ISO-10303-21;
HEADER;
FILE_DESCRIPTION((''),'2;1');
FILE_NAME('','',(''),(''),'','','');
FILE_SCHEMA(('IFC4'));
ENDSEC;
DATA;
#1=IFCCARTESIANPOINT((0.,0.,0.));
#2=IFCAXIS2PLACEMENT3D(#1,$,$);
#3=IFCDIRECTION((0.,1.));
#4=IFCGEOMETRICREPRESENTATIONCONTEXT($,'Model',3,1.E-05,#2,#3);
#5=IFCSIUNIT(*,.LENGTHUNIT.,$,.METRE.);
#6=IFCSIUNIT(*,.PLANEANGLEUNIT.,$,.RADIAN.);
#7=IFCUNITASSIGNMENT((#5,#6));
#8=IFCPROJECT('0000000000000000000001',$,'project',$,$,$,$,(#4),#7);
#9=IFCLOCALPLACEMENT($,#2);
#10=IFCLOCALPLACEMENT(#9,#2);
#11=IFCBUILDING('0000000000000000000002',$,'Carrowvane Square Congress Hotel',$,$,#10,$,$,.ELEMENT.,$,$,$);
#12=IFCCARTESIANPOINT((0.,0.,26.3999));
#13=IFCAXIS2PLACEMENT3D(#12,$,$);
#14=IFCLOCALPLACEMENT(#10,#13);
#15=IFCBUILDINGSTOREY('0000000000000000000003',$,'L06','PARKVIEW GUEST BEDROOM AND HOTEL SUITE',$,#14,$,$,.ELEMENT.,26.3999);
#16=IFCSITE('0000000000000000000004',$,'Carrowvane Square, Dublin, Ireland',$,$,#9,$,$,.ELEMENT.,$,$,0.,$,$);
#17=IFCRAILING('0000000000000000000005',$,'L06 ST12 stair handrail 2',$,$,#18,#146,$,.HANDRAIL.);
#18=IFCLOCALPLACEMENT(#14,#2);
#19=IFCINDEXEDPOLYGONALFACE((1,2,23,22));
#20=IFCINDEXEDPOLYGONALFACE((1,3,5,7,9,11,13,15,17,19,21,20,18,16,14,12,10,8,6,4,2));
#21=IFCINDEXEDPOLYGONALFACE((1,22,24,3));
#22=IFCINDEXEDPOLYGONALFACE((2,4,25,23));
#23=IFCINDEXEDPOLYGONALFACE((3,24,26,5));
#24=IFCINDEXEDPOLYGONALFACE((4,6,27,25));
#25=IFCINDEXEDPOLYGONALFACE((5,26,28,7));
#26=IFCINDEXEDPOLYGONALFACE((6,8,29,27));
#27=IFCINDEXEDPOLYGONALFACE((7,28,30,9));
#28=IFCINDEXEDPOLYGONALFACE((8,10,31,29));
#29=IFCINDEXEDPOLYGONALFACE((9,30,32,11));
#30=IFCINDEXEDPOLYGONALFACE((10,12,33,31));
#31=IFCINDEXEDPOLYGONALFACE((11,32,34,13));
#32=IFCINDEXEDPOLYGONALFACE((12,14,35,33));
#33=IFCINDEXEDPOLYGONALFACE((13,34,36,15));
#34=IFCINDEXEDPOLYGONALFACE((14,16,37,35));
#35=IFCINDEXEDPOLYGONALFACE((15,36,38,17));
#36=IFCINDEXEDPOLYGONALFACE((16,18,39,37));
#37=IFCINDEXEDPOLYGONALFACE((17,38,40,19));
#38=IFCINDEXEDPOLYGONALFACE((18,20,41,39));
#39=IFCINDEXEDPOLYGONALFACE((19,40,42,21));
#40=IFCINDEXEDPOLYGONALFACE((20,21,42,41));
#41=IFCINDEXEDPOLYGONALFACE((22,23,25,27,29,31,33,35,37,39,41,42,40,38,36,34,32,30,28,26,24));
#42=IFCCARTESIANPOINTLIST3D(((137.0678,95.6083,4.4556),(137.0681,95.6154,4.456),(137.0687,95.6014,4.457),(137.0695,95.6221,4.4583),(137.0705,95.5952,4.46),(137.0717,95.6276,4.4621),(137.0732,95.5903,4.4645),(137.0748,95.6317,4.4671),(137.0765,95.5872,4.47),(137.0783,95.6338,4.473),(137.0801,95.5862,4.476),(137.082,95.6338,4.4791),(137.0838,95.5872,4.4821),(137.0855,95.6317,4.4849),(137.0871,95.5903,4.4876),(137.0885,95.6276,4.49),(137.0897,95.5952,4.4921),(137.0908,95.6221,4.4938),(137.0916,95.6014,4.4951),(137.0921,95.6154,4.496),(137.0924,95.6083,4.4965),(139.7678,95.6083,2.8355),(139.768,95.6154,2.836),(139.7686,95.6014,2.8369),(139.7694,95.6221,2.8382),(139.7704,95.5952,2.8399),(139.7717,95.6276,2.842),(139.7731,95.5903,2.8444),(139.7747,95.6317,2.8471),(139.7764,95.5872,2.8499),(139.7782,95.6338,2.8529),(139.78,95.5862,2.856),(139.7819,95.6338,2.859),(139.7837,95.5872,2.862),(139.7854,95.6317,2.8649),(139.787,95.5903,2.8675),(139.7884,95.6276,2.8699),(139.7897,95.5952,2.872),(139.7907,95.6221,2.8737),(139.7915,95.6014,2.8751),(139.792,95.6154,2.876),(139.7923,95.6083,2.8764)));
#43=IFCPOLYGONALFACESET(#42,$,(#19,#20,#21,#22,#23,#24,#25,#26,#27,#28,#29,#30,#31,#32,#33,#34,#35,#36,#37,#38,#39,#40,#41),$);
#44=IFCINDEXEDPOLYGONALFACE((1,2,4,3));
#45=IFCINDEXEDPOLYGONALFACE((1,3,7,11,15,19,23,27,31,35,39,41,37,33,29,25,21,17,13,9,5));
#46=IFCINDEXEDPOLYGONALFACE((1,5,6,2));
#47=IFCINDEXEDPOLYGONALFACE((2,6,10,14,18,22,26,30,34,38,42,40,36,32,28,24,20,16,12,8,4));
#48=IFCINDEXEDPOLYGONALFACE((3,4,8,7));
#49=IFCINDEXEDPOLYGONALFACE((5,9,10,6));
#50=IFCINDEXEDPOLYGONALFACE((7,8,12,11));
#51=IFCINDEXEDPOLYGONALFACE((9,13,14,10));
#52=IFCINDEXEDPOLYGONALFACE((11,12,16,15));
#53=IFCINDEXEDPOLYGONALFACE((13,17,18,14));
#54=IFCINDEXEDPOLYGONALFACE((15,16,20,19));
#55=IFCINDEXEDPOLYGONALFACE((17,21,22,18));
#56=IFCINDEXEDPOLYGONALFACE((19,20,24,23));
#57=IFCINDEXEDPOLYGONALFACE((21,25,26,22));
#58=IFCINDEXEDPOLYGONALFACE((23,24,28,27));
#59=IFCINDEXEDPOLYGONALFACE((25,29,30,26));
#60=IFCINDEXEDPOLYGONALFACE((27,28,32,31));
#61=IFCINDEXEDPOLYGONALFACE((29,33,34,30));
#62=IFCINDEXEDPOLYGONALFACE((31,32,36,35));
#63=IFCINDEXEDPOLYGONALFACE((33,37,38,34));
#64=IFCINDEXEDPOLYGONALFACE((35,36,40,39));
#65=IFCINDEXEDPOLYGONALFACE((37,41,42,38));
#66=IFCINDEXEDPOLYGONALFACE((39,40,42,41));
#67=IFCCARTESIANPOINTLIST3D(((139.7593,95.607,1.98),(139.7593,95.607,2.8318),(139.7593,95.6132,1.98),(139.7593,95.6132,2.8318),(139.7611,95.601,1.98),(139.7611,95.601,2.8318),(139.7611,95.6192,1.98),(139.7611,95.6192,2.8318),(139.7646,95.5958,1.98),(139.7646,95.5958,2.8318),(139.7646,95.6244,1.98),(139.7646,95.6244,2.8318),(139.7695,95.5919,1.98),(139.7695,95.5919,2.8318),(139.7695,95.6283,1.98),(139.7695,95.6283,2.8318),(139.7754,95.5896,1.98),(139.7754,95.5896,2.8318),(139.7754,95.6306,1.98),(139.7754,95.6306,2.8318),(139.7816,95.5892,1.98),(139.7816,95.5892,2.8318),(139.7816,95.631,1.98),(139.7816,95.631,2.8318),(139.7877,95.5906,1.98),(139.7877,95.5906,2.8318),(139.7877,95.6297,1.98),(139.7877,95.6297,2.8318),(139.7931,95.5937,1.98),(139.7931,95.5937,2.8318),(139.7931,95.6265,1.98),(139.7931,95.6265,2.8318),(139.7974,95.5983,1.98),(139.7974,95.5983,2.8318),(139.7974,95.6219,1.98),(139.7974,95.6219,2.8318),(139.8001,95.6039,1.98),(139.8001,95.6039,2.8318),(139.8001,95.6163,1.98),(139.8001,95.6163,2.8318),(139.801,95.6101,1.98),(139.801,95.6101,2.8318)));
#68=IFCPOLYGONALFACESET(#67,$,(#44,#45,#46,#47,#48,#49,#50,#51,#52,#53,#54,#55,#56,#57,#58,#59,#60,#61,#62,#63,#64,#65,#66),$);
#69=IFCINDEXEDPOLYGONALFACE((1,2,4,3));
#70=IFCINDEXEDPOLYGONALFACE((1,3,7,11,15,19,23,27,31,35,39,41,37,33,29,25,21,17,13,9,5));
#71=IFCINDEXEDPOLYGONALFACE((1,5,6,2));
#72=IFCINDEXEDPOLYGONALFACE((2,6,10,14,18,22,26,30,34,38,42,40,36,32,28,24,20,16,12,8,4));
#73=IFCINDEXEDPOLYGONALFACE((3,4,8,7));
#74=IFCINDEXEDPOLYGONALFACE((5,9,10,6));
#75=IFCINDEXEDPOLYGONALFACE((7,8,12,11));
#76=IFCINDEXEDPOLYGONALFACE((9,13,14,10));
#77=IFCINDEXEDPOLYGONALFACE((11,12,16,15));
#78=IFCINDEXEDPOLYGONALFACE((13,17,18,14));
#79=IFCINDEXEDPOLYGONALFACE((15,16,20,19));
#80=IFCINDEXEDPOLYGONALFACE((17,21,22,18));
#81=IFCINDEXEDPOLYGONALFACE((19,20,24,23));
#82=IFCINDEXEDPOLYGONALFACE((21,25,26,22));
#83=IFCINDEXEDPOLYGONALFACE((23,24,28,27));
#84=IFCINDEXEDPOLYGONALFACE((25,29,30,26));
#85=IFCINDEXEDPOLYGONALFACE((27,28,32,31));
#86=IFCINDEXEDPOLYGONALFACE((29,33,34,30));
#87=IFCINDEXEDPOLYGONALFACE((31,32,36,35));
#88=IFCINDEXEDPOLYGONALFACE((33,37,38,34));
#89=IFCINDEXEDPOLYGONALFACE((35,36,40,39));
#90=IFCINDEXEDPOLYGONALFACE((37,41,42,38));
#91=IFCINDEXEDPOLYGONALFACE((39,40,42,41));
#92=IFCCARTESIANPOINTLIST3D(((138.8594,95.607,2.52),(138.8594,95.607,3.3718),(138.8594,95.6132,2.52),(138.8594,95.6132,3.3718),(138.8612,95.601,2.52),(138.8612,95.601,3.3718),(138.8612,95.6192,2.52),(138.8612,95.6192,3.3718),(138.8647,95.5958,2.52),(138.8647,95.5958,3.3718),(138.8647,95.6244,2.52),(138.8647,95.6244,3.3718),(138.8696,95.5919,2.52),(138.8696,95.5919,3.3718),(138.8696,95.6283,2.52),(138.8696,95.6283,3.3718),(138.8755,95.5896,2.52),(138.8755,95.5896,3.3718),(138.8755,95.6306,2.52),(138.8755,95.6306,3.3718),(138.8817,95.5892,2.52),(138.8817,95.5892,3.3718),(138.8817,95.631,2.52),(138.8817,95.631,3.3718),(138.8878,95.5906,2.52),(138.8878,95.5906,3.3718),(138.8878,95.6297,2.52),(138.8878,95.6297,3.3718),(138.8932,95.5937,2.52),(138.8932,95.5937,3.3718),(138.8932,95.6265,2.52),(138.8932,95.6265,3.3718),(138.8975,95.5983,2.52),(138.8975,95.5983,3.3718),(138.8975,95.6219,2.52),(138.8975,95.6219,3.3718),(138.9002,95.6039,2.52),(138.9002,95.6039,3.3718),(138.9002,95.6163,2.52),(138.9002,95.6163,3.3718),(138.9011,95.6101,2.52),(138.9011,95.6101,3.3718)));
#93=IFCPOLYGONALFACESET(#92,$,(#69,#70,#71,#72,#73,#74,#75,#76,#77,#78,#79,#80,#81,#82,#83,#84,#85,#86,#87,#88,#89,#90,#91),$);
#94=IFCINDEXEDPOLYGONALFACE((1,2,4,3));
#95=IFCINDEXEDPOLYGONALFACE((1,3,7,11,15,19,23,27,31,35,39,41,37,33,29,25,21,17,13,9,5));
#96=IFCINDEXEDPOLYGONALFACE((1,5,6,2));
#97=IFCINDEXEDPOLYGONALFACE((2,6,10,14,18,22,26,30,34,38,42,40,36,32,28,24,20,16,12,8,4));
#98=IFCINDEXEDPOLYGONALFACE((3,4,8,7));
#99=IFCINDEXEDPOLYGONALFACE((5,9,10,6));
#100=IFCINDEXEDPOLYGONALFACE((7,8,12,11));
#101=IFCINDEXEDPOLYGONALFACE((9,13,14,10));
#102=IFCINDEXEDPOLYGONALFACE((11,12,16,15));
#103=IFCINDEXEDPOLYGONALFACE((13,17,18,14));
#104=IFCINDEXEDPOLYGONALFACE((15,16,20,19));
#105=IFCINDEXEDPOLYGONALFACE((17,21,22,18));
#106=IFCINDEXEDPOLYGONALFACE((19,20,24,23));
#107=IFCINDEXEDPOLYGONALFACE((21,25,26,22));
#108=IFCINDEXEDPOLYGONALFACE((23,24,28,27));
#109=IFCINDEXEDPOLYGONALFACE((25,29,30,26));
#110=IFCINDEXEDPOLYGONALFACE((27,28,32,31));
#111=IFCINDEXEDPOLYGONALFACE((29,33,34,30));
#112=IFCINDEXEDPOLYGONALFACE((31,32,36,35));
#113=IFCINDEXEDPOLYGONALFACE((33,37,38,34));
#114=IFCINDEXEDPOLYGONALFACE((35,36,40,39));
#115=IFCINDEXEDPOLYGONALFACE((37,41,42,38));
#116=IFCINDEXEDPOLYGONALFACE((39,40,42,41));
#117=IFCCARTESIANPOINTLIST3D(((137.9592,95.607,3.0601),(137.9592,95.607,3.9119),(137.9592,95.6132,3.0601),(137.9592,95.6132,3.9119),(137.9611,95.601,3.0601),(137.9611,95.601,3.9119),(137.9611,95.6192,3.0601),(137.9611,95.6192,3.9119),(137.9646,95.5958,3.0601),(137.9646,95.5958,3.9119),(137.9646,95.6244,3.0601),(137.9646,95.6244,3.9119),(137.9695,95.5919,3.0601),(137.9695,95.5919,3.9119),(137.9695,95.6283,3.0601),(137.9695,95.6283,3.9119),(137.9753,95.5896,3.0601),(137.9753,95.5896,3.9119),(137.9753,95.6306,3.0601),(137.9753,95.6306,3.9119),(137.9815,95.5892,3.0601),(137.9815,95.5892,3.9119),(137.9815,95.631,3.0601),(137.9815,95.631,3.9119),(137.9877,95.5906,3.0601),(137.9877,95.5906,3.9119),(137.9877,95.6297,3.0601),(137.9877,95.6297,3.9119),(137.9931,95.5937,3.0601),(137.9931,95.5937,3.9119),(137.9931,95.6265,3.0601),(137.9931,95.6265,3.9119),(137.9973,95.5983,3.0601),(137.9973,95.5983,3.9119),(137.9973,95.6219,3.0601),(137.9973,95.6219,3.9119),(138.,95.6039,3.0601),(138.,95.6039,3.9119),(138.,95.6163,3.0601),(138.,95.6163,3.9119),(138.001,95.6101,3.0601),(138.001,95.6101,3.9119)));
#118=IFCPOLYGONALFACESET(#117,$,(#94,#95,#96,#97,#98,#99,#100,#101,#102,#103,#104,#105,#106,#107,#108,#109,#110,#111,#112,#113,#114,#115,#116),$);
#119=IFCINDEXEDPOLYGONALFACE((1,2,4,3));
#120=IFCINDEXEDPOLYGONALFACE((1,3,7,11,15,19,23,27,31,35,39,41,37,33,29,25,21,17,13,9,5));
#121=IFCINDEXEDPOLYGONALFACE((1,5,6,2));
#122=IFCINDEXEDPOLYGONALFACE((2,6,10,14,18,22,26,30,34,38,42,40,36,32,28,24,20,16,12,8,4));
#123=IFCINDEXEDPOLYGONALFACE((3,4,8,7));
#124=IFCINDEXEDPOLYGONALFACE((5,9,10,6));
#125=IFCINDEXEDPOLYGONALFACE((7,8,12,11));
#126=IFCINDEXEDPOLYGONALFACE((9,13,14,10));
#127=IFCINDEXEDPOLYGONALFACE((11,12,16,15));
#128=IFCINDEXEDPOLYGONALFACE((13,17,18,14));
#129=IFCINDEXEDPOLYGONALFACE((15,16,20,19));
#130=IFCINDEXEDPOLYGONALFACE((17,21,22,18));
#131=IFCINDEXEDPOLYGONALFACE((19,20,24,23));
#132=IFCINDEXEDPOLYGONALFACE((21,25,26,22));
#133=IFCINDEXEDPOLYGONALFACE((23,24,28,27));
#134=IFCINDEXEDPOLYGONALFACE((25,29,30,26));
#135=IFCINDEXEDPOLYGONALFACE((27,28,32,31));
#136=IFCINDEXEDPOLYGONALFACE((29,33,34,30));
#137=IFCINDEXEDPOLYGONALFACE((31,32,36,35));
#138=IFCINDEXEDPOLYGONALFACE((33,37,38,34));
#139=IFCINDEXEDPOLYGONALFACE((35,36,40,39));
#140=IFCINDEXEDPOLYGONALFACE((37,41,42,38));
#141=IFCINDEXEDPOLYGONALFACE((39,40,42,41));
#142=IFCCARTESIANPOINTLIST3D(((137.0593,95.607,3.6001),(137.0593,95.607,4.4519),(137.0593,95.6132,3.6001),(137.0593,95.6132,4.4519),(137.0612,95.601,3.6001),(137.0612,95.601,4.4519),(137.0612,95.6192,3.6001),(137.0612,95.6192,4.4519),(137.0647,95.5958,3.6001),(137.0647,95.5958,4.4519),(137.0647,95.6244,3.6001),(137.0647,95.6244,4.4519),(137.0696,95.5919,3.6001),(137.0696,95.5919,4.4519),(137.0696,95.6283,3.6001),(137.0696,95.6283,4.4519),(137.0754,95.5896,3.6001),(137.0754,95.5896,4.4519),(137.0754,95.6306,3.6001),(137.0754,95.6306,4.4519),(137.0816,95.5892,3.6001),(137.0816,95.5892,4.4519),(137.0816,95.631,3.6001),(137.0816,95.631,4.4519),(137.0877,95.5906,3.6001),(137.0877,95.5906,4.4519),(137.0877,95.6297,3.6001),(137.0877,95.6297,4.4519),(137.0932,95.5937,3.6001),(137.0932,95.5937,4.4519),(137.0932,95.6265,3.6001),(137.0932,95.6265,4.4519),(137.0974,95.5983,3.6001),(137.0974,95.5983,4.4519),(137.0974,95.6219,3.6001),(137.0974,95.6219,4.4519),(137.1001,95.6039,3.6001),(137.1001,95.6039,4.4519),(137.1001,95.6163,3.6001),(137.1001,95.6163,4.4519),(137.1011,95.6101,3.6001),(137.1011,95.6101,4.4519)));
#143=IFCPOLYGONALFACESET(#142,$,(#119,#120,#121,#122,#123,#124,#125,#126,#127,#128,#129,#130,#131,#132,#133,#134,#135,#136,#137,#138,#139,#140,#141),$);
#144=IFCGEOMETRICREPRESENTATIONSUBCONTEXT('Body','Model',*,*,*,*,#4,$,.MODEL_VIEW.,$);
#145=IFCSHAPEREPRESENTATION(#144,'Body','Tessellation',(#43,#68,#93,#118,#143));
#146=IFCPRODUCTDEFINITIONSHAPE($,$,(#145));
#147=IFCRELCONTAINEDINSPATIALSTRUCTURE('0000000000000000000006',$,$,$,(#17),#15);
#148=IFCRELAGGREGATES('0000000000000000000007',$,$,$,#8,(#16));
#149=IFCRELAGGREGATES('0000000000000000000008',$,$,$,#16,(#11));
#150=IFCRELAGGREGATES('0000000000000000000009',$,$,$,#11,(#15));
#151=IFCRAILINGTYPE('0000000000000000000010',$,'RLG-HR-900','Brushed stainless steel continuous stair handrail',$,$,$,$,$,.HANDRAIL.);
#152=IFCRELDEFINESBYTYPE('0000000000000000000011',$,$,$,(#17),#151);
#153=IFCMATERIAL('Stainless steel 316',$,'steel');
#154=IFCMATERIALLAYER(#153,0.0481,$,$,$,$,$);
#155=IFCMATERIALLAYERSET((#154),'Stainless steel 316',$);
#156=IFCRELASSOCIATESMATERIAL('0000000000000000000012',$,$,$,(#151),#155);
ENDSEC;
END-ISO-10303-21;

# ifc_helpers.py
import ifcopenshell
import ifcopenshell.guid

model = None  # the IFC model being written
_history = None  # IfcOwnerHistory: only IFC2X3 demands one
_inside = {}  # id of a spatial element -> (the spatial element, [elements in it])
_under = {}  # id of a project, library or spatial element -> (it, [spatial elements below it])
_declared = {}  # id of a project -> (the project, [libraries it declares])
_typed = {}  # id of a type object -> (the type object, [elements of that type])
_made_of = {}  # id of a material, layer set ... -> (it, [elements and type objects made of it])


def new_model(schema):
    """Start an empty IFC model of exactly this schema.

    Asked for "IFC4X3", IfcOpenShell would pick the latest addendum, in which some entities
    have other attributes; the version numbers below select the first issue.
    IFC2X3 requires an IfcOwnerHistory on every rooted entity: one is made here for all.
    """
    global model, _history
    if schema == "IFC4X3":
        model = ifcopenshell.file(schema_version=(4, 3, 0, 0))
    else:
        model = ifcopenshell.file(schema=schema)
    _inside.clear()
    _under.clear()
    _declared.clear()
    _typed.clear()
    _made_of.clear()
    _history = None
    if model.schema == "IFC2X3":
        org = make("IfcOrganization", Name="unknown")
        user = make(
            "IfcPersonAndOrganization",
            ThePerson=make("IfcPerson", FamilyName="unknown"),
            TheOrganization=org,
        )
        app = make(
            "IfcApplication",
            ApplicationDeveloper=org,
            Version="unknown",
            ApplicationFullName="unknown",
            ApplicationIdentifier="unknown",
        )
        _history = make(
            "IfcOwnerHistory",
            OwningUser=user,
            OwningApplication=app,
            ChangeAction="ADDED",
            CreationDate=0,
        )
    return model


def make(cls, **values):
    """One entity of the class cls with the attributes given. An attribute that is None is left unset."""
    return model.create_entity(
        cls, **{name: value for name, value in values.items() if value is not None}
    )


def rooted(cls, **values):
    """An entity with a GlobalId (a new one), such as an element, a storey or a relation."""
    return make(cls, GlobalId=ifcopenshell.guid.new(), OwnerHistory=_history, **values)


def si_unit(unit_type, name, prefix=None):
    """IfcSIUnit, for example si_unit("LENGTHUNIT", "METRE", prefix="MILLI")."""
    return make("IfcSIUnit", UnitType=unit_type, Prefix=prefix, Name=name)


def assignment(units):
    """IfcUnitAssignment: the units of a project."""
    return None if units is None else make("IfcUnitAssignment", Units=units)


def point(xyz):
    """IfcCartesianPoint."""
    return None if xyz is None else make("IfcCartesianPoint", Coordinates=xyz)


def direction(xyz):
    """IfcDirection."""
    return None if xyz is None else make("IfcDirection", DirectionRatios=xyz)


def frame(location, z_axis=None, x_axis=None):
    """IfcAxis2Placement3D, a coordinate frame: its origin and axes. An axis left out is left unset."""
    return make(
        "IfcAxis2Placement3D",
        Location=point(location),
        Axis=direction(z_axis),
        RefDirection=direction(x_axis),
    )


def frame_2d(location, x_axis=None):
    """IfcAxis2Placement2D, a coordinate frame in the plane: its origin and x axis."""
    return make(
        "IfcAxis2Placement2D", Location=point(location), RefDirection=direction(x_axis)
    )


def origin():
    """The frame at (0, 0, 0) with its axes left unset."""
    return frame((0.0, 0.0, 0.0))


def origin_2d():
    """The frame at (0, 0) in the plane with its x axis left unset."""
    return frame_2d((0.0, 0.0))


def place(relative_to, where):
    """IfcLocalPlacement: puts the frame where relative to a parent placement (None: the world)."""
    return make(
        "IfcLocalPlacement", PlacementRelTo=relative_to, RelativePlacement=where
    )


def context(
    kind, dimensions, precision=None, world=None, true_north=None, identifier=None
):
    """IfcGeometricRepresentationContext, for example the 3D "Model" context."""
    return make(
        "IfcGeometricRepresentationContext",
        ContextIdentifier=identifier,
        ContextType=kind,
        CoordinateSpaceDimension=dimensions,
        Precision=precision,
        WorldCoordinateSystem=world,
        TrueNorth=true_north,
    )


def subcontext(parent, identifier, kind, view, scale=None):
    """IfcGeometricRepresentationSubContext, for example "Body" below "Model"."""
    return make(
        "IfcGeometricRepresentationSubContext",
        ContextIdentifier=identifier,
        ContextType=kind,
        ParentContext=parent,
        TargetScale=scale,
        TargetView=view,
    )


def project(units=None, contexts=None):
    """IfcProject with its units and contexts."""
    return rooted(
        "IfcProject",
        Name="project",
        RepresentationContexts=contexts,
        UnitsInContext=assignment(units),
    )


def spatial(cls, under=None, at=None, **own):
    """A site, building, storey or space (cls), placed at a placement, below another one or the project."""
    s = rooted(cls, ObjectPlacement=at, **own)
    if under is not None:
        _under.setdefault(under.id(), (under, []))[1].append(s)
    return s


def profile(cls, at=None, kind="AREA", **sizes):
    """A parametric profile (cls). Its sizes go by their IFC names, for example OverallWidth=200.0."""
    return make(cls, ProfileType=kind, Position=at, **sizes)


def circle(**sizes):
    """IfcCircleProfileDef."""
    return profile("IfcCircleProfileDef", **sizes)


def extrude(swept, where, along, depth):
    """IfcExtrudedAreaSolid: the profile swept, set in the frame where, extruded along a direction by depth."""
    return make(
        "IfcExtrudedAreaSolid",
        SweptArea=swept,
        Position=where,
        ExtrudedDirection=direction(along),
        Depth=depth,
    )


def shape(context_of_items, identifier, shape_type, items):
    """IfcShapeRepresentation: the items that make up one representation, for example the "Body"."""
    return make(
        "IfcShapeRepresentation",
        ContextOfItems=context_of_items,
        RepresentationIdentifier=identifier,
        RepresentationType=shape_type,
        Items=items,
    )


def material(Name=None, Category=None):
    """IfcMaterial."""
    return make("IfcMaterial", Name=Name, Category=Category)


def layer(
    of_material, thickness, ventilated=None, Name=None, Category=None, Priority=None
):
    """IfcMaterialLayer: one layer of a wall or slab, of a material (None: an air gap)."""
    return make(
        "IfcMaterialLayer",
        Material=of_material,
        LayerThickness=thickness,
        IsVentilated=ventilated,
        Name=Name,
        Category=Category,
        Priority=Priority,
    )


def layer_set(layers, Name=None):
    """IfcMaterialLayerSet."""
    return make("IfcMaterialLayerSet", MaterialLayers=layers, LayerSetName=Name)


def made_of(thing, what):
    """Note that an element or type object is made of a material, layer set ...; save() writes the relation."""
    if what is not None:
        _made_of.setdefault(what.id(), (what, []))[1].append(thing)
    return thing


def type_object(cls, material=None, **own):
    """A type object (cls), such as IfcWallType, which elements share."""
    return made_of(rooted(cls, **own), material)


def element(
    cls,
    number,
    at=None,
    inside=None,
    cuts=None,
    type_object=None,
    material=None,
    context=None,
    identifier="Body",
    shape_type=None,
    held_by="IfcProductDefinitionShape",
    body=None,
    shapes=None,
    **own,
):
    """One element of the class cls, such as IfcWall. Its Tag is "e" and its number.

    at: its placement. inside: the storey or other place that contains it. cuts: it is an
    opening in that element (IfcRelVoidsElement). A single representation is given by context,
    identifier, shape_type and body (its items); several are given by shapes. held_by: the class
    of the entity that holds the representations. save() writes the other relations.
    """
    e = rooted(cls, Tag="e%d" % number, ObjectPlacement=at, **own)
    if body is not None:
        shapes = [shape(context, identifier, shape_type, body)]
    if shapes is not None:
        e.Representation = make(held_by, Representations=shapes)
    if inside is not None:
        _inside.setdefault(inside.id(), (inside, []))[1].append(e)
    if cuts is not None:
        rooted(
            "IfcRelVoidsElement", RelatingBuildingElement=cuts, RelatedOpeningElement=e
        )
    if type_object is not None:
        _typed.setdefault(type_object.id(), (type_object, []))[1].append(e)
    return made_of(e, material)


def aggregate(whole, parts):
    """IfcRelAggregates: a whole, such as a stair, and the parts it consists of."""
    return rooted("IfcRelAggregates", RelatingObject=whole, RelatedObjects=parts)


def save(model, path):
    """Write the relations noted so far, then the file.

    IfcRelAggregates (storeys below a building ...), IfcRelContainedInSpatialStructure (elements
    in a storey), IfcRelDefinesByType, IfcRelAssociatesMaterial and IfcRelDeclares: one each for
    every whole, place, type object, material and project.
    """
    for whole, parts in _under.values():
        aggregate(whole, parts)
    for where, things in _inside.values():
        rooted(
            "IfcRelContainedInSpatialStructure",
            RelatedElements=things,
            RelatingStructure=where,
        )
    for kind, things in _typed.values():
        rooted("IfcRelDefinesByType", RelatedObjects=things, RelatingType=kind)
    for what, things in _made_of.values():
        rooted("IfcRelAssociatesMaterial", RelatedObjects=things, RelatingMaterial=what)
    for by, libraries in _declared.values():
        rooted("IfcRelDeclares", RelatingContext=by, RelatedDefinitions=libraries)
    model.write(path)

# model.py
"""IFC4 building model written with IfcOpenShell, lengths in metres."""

from ifc_helpers import new_model, si_unit, direction, frame, origin, origin_2d, place, context, subcontext, project, spatial, circle, extrude, material, layer, layer_set, type_object, element, save


model = new_model("IFC4")

# Units and contexts
model_context = context("Model", 3, precision=1e-05, world=origin(), true_north=direction((0.0, 1.0)))
body_context = subcontext(model_context, "Body", "Model", "MODEL_VIEW")
ifc_project = project(units=[si_unit("LENGTHUNIT", "METRE"), si_unit("PLANEANGLEUNIT", "RADIAN")], contexts=[model_context])

# Site, building, storey
site_placement = place(None, origin())
site = spatial("IfcSite", under=ifc_project, at=site_placement, Name="Carrowvane Square, Dublin, Ireland", CompositionType="ELEMENT", RefElevation=0.0)
building_placement = place(site_placement, origin())
building = spatial("IfcBuilding", under=site, at=building_placement, Name="Carrowvane Square Congress Hotel", CompositionType="ELEMENT")
storey_placement = place(building_placement, frame((0.0, 0.0, 26.3999)))
storey = spatial("IfcBuildingStorey", under=building, at=storey_placement, Name="L06", Description="PARKVIEW GUEST BEDROOM AND HOTEL SUITE", CompositionType="ELEMENT", Elevation=26.3999)

# Railing
ifc_material_1 = material(Name="Stainless steel 316", Category="steel")
ifc_layer_1 = layer(ifc_material_1, 0.0481)
ifc_layer_set_1 = layer_set([ifc_layer_1], Name="Stainless steel 316")
railing_type_1 = type_object("IfcRailingType", Name="RLG-HR-900", Description="Brushed stainless steel continuous stair handrail", PredefinedType="HANDRAIL", material=ifc_layer_set_1)
railing_1_placement = place(storey_placement, frame((139.78, 95.6101, 1.98)))
element("IfcRailing", 1, at=railing_1_placement, inside=storey, type_object=railing_type_1, Name="L06 ST12 stair handrail 2", PredefinedType="HANDRAIL", context=body_context, shape_type="SweptSolid", body=[
    extrude(circle(Radius=0.0239, at=origin_2d()), frame((0.0, 0.0, 0.876), z_axis=(-0.857472, 0.0, 0.51453), x_axis=(0.0, -1.0, 0.0)), (0.0, 0.0, 1.0), 3.1487),
    extrude(circle(Radius=0.021, at=origin_2d()), origin(), (0.0, 0.0, 1.0), 0.8518),
    extrude(circle(Radius=0.021, at=origin_2d()), frame((-0.8999, 0.0, 0.54)), (0.0, 0.0, 1.0), 0.8518),
    extrude(circle(Radius=0.021, at=origin_2d()), frame((-1.8, 0.0, 1.0801)), (0.0, 0.0, 1.0), 0.8518),
    extrude(circle(Radius=0.021, at=origin_2d()), frame((-2.7, 0.0, 1.6201)), (0.0, 0.0, 1.0), 0.8518),
])

save(model, "model.ifc")
